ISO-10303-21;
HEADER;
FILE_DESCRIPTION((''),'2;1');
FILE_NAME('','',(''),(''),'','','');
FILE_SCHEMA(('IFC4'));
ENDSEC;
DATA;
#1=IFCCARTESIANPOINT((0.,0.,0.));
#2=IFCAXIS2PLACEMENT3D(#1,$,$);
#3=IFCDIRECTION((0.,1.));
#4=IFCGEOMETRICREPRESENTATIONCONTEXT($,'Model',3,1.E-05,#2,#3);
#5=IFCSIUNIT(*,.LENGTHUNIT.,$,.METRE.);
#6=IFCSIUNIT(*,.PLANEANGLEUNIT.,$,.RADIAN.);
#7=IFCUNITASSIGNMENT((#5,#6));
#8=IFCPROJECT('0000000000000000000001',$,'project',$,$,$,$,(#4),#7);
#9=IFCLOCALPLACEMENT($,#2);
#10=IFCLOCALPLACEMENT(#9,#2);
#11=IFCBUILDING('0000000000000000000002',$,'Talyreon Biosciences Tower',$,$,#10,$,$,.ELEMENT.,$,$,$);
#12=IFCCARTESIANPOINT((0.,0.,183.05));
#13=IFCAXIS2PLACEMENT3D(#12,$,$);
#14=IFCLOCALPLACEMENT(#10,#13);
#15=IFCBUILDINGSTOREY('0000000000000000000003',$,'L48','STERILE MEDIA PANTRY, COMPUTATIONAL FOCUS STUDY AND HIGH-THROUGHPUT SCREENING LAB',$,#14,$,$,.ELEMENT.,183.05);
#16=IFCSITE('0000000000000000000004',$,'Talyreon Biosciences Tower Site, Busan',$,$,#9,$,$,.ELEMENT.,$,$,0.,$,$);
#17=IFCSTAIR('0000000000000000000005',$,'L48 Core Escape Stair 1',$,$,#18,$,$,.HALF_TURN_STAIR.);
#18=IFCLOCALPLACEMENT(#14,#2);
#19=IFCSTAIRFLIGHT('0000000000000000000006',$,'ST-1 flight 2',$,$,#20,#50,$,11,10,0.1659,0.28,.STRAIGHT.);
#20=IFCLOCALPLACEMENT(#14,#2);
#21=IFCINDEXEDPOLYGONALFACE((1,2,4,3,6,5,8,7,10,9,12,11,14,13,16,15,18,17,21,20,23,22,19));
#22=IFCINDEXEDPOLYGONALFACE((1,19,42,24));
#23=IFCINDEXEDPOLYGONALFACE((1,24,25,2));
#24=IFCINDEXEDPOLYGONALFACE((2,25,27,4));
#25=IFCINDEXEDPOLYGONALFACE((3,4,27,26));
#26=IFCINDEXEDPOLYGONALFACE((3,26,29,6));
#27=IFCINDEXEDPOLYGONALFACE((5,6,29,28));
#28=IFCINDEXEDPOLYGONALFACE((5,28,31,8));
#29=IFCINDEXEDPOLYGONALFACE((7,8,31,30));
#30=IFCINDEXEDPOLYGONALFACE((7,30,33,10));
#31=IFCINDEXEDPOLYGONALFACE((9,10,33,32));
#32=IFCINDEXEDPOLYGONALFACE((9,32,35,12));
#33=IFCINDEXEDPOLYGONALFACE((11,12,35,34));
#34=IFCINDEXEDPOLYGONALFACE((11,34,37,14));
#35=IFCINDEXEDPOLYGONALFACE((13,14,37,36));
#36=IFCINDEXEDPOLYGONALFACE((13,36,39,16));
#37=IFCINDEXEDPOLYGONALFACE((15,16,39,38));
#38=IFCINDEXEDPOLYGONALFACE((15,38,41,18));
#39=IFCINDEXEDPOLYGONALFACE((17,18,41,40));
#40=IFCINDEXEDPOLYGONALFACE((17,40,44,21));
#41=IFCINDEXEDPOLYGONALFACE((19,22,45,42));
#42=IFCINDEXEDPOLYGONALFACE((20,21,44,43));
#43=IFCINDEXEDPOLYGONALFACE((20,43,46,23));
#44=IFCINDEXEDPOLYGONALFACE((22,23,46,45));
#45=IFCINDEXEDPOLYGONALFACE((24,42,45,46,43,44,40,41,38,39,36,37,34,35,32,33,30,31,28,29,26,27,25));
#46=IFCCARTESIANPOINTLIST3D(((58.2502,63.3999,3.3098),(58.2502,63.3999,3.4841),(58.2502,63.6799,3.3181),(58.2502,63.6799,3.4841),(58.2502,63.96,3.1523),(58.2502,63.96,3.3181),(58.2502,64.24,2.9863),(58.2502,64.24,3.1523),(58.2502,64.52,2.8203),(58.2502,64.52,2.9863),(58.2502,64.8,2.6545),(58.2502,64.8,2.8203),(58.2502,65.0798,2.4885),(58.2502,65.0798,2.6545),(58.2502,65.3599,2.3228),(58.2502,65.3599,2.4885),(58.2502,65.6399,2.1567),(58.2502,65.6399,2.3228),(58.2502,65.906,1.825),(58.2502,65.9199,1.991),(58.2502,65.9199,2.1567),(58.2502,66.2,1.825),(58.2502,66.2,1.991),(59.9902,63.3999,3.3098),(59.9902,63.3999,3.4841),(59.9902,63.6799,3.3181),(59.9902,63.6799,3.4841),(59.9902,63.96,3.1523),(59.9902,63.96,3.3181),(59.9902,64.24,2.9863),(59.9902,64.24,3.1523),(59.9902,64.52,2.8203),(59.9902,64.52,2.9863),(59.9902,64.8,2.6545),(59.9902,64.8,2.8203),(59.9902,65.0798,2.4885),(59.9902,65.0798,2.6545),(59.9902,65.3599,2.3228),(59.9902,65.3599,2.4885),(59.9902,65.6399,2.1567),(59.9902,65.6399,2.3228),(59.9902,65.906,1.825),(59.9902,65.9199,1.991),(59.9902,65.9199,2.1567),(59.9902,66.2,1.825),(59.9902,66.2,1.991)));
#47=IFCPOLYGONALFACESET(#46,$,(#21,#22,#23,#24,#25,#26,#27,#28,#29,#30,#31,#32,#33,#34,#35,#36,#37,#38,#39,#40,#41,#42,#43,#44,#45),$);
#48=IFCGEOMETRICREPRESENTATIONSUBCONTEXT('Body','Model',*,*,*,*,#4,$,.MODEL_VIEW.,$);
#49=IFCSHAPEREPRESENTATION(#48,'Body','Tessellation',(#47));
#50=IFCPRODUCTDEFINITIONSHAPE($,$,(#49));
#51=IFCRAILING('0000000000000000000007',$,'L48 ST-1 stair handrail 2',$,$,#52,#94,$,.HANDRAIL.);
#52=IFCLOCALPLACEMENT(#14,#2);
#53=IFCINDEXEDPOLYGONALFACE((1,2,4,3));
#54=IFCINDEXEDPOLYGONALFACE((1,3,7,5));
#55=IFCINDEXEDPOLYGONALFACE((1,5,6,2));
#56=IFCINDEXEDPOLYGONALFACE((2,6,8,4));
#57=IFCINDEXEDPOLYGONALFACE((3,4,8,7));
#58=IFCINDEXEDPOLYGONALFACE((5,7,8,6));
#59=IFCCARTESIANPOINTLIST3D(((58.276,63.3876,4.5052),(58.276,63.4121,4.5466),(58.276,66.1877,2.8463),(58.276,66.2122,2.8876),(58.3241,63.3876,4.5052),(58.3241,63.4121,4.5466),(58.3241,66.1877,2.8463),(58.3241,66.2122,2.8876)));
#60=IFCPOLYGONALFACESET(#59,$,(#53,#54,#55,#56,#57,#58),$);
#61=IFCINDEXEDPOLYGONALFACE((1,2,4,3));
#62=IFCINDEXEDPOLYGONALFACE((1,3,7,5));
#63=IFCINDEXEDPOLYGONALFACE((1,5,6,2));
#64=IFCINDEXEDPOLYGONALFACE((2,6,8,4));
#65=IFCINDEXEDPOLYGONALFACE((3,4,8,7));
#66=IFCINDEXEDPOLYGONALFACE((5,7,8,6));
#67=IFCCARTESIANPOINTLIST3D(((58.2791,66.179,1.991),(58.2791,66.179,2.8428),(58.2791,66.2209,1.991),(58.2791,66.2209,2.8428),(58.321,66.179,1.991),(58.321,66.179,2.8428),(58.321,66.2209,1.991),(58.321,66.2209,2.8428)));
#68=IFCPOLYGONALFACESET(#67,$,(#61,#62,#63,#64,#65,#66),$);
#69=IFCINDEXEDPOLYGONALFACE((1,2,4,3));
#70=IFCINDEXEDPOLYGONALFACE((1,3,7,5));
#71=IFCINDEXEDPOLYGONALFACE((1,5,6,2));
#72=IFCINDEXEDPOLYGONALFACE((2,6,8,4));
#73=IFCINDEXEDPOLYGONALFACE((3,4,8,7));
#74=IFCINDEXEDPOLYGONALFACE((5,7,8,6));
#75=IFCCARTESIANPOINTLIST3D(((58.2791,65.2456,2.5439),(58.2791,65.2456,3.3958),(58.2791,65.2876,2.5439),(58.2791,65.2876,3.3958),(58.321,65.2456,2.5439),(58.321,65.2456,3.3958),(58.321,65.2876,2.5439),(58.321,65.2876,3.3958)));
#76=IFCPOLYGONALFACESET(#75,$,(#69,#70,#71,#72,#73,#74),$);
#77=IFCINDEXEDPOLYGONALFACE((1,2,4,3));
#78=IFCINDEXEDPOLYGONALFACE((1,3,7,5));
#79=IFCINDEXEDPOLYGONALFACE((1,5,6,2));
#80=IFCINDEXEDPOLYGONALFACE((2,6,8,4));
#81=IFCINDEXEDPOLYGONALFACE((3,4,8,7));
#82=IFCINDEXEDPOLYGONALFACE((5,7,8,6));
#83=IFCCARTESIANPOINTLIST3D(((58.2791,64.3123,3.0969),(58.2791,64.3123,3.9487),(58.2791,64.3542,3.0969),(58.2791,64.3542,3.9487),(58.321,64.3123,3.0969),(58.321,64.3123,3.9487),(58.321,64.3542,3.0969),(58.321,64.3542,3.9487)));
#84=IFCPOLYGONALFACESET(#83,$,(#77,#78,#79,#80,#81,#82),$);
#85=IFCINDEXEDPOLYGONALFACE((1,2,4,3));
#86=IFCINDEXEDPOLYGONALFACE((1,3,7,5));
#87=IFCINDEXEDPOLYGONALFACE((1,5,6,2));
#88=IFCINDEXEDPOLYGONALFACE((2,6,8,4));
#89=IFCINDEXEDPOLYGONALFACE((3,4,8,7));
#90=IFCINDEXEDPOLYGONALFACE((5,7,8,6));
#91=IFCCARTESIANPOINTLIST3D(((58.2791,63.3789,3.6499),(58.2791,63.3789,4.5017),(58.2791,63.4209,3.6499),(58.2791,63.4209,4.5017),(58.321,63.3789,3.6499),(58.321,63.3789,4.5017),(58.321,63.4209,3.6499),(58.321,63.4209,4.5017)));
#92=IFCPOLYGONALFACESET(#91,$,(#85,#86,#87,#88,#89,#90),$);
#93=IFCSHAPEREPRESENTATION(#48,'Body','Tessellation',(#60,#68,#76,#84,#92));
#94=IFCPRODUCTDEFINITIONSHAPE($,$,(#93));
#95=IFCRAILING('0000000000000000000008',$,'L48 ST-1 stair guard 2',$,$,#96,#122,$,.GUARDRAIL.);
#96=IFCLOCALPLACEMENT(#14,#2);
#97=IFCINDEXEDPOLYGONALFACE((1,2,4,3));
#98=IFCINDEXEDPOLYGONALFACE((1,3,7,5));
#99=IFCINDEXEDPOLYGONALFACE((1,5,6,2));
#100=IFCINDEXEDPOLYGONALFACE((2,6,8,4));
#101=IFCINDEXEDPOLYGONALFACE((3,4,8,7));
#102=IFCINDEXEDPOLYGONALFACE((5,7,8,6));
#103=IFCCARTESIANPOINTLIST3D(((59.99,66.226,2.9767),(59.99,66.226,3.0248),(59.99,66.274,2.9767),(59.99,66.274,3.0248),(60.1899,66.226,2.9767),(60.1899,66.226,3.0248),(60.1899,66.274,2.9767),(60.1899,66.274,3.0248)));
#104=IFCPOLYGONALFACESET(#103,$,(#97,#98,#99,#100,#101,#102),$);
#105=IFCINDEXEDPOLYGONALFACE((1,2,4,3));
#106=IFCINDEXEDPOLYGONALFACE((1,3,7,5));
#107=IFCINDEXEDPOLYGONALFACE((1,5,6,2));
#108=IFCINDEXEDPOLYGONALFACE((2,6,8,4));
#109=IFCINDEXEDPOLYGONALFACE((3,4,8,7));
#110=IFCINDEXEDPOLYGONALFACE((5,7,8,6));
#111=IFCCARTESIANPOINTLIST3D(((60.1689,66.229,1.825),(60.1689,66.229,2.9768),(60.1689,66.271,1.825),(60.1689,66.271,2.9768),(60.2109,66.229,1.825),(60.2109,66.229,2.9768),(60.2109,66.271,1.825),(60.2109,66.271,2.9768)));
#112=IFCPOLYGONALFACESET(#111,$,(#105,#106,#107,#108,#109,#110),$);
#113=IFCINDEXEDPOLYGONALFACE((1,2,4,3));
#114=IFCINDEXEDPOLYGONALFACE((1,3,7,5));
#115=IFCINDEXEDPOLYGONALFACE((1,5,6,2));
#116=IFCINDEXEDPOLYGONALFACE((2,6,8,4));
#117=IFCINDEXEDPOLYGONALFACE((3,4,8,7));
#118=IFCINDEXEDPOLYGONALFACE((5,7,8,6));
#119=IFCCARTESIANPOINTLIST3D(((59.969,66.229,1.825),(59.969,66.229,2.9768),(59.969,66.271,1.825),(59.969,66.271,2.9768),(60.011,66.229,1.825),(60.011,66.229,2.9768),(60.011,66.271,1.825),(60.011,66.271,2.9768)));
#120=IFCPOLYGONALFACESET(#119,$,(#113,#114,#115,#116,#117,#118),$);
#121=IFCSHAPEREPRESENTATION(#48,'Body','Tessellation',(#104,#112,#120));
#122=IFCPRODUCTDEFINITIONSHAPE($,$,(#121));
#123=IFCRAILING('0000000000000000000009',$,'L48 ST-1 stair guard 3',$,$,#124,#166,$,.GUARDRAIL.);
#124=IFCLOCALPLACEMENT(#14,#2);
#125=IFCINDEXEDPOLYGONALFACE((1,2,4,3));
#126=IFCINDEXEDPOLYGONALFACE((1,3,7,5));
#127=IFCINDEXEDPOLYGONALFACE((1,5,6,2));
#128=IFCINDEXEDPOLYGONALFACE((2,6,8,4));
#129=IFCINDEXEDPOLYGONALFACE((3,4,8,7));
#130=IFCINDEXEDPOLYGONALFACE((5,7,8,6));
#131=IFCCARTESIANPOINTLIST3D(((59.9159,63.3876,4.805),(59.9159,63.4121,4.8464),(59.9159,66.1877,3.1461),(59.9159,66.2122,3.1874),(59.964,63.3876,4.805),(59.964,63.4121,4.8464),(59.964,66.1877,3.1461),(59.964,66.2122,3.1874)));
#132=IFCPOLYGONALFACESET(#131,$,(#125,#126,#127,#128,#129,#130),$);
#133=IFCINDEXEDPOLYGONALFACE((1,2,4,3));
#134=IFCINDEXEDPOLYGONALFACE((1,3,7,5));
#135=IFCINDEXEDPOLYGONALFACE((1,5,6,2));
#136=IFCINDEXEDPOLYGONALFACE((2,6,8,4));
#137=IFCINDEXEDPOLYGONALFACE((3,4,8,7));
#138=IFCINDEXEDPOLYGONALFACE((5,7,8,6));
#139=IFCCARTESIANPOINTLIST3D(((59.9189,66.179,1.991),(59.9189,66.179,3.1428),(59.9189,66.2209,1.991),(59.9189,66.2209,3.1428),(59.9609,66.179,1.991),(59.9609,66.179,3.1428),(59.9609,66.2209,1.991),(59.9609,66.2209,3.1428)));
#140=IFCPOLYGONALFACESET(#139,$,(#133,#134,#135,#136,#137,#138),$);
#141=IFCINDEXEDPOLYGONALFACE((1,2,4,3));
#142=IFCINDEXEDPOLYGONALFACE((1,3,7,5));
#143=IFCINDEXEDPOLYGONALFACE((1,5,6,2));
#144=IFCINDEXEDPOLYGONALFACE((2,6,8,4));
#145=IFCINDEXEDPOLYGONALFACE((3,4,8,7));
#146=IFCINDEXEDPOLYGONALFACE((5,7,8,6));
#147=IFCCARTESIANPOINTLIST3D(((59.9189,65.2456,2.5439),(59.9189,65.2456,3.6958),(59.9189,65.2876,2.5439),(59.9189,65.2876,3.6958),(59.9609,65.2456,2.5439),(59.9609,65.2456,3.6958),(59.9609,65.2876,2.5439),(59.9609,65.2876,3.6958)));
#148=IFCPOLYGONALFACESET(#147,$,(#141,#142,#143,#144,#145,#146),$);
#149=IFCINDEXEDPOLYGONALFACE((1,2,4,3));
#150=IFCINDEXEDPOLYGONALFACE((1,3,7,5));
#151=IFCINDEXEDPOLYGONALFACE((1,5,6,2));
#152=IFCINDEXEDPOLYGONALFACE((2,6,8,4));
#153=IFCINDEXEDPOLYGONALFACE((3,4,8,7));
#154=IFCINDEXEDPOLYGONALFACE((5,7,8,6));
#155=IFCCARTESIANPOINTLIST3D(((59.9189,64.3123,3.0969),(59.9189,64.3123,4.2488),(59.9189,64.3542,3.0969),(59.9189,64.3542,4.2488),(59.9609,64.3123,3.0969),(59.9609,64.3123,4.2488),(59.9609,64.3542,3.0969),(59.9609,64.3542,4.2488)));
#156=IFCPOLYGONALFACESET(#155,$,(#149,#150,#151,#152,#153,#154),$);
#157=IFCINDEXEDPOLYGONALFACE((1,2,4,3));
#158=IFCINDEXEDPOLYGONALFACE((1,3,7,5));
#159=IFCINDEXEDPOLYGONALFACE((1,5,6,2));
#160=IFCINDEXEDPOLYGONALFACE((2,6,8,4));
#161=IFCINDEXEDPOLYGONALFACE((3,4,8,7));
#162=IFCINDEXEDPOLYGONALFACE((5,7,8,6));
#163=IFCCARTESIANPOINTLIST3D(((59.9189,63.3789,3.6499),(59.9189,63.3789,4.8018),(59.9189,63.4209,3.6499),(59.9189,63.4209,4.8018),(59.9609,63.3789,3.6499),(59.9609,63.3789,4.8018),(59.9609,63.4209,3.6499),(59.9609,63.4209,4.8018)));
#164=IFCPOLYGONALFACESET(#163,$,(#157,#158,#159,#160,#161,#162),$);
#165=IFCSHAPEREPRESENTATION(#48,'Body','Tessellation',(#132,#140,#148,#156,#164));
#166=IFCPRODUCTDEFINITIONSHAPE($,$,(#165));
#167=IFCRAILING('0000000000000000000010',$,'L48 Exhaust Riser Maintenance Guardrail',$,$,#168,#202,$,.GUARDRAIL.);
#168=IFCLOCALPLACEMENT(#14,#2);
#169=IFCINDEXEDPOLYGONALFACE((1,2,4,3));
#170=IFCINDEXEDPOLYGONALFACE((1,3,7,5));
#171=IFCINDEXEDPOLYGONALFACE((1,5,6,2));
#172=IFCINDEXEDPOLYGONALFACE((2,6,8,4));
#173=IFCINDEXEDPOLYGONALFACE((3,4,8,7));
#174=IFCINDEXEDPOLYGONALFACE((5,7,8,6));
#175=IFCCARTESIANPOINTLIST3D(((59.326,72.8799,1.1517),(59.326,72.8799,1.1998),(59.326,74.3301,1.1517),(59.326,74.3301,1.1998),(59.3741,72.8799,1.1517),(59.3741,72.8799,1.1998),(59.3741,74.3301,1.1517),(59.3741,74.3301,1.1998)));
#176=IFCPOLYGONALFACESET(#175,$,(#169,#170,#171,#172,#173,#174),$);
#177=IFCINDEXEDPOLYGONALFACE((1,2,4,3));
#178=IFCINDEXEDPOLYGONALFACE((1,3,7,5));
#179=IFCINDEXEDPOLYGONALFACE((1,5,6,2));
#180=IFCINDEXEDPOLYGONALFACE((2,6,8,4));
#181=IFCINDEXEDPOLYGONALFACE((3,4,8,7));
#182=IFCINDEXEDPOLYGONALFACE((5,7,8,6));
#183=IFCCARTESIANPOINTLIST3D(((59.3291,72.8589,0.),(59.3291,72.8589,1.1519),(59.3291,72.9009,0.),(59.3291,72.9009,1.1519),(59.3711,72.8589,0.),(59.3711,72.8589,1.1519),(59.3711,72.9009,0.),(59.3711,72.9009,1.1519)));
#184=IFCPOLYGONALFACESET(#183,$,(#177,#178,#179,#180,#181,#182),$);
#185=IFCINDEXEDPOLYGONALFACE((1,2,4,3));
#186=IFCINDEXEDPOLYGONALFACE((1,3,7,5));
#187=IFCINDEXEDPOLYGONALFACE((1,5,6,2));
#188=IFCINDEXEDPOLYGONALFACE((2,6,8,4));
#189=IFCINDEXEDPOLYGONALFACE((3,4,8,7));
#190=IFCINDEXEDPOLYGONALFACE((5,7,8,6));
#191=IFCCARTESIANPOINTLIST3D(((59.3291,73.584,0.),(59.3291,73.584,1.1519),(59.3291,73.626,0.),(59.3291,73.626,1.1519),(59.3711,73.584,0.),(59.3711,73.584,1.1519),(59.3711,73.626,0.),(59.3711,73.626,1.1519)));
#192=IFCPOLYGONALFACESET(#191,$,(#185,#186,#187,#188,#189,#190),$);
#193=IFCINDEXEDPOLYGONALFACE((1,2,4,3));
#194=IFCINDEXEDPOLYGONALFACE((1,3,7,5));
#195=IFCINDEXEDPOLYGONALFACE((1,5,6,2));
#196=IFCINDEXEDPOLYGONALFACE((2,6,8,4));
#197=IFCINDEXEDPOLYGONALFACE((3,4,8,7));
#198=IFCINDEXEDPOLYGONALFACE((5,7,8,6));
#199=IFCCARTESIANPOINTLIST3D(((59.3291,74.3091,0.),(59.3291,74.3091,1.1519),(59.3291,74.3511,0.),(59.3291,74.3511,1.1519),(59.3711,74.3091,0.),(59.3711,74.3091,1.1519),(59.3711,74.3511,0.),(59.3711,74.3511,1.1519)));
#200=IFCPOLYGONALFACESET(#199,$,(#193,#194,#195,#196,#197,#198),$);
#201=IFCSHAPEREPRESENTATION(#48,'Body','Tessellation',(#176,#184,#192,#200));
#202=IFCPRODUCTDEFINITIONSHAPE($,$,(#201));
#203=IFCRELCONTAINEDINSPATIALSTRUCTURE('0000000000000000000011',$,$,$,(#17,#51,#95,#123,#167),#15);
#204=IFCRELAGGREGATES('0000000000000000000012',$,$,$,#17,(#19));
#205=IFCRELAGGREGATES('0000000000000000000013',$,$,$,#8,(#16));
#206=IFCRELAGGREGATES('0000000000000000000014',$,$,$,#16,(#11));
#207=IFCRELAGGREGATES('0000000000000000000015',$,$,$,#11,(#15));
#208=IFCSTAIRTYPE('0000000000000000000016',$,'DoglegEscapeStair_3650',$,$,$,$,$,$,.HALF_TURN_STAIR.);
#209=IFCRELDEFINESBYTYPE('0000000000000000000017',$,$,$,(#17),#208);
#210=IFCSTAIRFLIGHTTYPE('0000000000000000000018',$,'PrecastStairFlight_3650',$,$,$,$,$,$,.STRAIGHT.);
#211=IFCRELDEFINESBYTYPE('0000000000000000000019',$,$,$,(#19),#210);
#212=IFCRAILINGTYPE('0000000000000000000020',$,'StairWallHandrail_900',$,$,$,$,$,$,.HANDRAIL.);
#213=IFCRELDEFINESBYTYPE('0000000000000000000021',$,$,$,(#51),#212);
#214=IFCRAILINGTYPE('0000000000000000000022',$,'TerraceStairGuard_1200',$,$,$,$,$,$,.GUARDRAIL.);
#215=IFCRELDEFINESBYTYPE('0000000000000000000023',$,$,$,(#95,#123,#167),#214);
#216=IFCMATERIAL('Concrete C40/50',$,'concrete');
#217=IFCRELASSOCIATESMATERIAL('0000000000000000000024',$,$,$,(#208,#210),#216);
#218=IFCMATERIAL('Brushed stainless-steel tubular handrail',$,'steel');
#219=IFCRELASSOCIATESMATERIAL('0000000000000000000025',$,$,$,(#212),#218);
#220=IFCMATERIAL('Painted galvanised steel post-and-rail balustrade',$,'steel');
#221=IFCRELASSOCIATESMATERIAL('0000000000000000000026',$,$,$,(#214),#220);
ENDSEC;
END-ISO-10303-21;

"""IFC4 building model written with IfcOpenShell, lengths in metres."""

from ifc_helpers import new_model, si_unit, direction, frame, origin, origin_2d, place, context, subcontext, project, spatial, polyline, rectangle, outline, extrude, material, type_object, element, aggregate, save


model = new_model("IFC4")

# Units and contexts
model_context = context("Model", 3, precision=1e-05, world=origin(), true_north=direction((0.0, 1.0)))
body_context = subcontext(model_context, "Body", "Model", "MODEL_VIEW")
ifc_project = project(units=[si_unit("LENGTHUNIT", "METRE"), si_unit("PLANEANGLEUNIT", "RADIAN")], contexts=[model_context])

# Site, building, storey
site_placement = place(None, origin())
site = spatial("IfcSite", under=ifc_project, at=site_placement, Name="Talyreon Biosciences Tower Site, Busan", CompositionType="ELEMENT", RefElevation=0.0)
building_placement = place(site_placement, origin())
building = spatial("IfcBuilding", under=site, at=building_placement, Name="Talyreon Biosciences Tower", CompositionType="ELEMENT")
storey_placement = place(building_placement, frame((0.0, 0.0, 183.05)))
storey = spatial("IfcBuildingStorey", under=building, at=storey_placement, Name="L48", Description="STERILE MEDIA PANTRY, COMPUTATIONAL FOCUS STUDY AND HIGH-THROUGHPUT SCREENING LAB", CompositionType="ELEMENT", Elevation=183.05)

# Stair, stair flight
ifc_material_1 = material(Name="Concrete C40/50", Category="concrete")
stair_type = type_object("IfcStairType", Name="DoglegEscapeStair_3650", PredefinedType="HALF_TURN_STAIR", material=ifc_material_1)
stair_placement = place(storey_placement, origin())
stair = element("IfcStair", 1, at=stair_placement, inside=storey, type_object=stair_type, Name="L48 Core Escape Stair 1", PredefinedType="HALF_TURN_STAIR")
stair_flight_type = type_object("IfcStairFlightType", Name="PrecastStairFlight_3650", PredefinedType="STRAIGHT", material=ifc_material_1)
stair_flight_placement = place(storey_placement, frame((59.1201, 66.2, 1.825), z_axis=(0.0, 0.0, 1.0), x_axis=(0.0, -1.0, 0.0)))
stair_flight = element("IfcStairFlight", 2, at=stair_flight_placement, type_object=stair_flight_type, Name="ST-1 flight 2", NumberOfRisers=11, NumberOfTreads=10, PredefinedType="STRAIGHT", RiserHeight=0.1659, TreadLength=0.28, context=body_context, shape_type="SweptSolid", body=[
    extrude(outline(polyline([(0.0, 0.0), (0.0, 0.166), (0.28, 0.166), (0.28, 0.3318), (0.5601, 0.3318), (0.5601, 0.4978), (0.8401, 0.4978), (0.8401, 0.6636), (1.1201, 0.6636), (1.1201, 0.8296), (1.3999, 0.8296), (1.3999, 0.9954), (1.6799, 0.9954), (1.6799, 1.1614), (1.96, 1.1614), (1.96, 1.3274), (2.24, 1.3274), (2.24, 1.4932), (2.52, 1.4932), (2.52, 1.6592), (2.8, 1.6592), (2.8, 1.825), (2.8, 1.4849), (0.2939, 0.0), (0.0, 0.0)])), frame((0.0, 0.8701, 0.0), z_axis=(0.0, -1.0, 0.0), x_axis=(1.0, 0.0, 0.0)), (0.0, 0.0, 1.0), 1.74),
])
aggregate(stair, [stair_flight])

# Railings
ifc_material_2 = material(Name="Brushed stainless-steel tubular handrail", Category="steel")
railing_type_1 = type_object("IfcRailingType", Name="StairWallHandrail_900", PredefinedType="HANDRAIL", material=ifc_material_2)
railing_1_placement = place(storey_placement, frame((58.3, 66.2, 1.991)))
element("IfcRailing", 3, at=railing_1_placement, inside=storey, type_object=railing_type_1, Name="L48 ST-1 stair handrail 2", PredefinedType="HANDRAIL", context=body_context, shape_type="SweptSolid", body=[
    extrude(rectangle(XDim=0.0481, YDim=0.0481, at=origin_2d()), frame((0.0, 0.0, 0.876), z_axis=(0.0, -0.860339, 0.509722), x_axis=(1.0, 0.0, 0.0)), (0.0, 0.0, 1.0), 3.2546),
    extrude(rectangle(XDim=0.042, YDim=0.042, at=origin_2d()), origin(), (0.0, 0.0, 1.0), 0.8518),
    extrude(rectangle(XDim=0.042, YDim=0.042, at=origin_2d()), frame((0.0, -0.9333, 0.553)), (0.0, 0.0, 1.0), 0.8518),
    extrude(rectangle(XDim=0.042, YDim=0.042, at=origin_2d()), frame((0.0, -1.8667, 1.106)), (0.0, 0.0, 1.0), 0.8518),
    extrude(rectangle(XDim=0.042, YDim=0.042, at=origin_2d()), frame((0.0, -2.8, 1.6589)), (0.0, 0.0, 1.0), 0.8518),
])
ifc_material_3 = material(Name="Painted galvanised steel post-and-rail balustrade", Category="steel")
railing_type_2 = type_object("IfcRailingType", Name="TerraceStairGuard_1200", PredefinedType="GUARDRAIL", material=ifc_material_3)
railing_2_placement = place(storey_placement, frame((60.1899, 66.25, 1.825)))
element("IfcRailing", 4, at=railing_2_placement, inside=storey, type_object=railing_type_2, Name="L48 ST-1 stair guard 2", PredefinedType="GUARDRAIL", context=body_context, shape_type="SweptSolid", body=[
    extrude(rectangle(XDim=0.0481, YDim=0.0481, at=origin_2d()), frame((0.0, 0.0, 1.1758), z_axis=(-1.0, 0.0, 0.0), x_axis=(0.0, -1.0, 0.0)), (0.0, 0.0, 1.0), 0.2),
    extrude(rectangle(XDim=0.042, YDim=0.042, at=origin_2d()), origin(), (0.0, 0.0, 1.0), 1.1519),
    extrude(rectangle(XDim=0.042, YDim=0.042, at=origin_2d()), frame((-0.2, 0.0, 0.0)), (0.0, 0.0, 1.0), 1.1519),
])
railing_3_placement = place(storey_placement, frame((59.9399, 66.2, 1.991)))
element("IfcRailing", 5, at=railing_3_placement, inside=storey, type_object=railing_type_2, Name="L48 ST-1 stair guard 3", PredefinedType="GUARDRAIL", context=body_context, shape_type="SweptSolid", body=[
    extrude(rectangle(XDim=0.0481, YDim=0.0481, at=origin_2d()), frame((0.0, 0.0, 1.1758), z_axis=(0.0, -0.860339, 0.509722), x_axis=(1.0, 0.0, 0.0)), (0.0, 0.0, 1.0), 3.2546),
    extrude(rectangle(XDim=0.042, YDim=0.042, at=origin_2d()), origin(), (0.0, 0.0, 1.0), 1.1519),
    extrude(rectangle(XDim=0.042, YDim=0.042, at=origin_2d()), frame((0.0, -0.9333, 0.553)), (0.0, 0.0, 1.0), 1.1519),
    extrude(rectangle(XDim=0.042, YDim=0.042, at=origin_2d()), frame((0.0, -1.8667, 1.106)), (0.0, 0.0, 1.0), 1.1519),
    extrude(rectangle(XDim=0.042, YDim=0.042, at=origin_2d()), frame((0.0, -2.8, 1.6589)), (0.0, 0.0, 1.0), 1.1519),
])
railing_4_placement = place(storey_placement, frame((59.3501, 72.8799, 0.0)))
element("IfcRailing", 6, at=railing_4_placement, inside=storey, type_object=railing_type_2, Name="L48 Exhaust Riser Maintenance Guardrail", PredefinedType="GUARDRAIL", context=body_context, shape_type="SweptSolid", body=[
    extrude(rectangle(XDim=0.0481, YDim=0.0481, at=origin_2d()), frame((0.0, 0.0, 1.1758), z_axis=(0.0, 1.0, 0.0), x_axis=(-1.0, 0.0, 0.0)), (0.0, 0.0, 1.0), 1.4502),
    extrude(rectangle(XDim=0.042, YDim=0.042, at=origin_2d()), origin(), (0.0, 0.0, 1.0), 1.1519),
    extrude(rectangle(XDim=0.042, YDim=0.042, at=origin_2d()), frame((0.0, 0.7251, 0.0)), (0.0, 0.0, 1.0), 1.1519),
    extrude(rectangle(XDim=0.042, YDim=0.042, at=origin_2d()), frame((0.0, 1.4502, 0.0)), (0.0, 0.0, 1.0), 1.1519),
])

save(model, "model.ifc")
